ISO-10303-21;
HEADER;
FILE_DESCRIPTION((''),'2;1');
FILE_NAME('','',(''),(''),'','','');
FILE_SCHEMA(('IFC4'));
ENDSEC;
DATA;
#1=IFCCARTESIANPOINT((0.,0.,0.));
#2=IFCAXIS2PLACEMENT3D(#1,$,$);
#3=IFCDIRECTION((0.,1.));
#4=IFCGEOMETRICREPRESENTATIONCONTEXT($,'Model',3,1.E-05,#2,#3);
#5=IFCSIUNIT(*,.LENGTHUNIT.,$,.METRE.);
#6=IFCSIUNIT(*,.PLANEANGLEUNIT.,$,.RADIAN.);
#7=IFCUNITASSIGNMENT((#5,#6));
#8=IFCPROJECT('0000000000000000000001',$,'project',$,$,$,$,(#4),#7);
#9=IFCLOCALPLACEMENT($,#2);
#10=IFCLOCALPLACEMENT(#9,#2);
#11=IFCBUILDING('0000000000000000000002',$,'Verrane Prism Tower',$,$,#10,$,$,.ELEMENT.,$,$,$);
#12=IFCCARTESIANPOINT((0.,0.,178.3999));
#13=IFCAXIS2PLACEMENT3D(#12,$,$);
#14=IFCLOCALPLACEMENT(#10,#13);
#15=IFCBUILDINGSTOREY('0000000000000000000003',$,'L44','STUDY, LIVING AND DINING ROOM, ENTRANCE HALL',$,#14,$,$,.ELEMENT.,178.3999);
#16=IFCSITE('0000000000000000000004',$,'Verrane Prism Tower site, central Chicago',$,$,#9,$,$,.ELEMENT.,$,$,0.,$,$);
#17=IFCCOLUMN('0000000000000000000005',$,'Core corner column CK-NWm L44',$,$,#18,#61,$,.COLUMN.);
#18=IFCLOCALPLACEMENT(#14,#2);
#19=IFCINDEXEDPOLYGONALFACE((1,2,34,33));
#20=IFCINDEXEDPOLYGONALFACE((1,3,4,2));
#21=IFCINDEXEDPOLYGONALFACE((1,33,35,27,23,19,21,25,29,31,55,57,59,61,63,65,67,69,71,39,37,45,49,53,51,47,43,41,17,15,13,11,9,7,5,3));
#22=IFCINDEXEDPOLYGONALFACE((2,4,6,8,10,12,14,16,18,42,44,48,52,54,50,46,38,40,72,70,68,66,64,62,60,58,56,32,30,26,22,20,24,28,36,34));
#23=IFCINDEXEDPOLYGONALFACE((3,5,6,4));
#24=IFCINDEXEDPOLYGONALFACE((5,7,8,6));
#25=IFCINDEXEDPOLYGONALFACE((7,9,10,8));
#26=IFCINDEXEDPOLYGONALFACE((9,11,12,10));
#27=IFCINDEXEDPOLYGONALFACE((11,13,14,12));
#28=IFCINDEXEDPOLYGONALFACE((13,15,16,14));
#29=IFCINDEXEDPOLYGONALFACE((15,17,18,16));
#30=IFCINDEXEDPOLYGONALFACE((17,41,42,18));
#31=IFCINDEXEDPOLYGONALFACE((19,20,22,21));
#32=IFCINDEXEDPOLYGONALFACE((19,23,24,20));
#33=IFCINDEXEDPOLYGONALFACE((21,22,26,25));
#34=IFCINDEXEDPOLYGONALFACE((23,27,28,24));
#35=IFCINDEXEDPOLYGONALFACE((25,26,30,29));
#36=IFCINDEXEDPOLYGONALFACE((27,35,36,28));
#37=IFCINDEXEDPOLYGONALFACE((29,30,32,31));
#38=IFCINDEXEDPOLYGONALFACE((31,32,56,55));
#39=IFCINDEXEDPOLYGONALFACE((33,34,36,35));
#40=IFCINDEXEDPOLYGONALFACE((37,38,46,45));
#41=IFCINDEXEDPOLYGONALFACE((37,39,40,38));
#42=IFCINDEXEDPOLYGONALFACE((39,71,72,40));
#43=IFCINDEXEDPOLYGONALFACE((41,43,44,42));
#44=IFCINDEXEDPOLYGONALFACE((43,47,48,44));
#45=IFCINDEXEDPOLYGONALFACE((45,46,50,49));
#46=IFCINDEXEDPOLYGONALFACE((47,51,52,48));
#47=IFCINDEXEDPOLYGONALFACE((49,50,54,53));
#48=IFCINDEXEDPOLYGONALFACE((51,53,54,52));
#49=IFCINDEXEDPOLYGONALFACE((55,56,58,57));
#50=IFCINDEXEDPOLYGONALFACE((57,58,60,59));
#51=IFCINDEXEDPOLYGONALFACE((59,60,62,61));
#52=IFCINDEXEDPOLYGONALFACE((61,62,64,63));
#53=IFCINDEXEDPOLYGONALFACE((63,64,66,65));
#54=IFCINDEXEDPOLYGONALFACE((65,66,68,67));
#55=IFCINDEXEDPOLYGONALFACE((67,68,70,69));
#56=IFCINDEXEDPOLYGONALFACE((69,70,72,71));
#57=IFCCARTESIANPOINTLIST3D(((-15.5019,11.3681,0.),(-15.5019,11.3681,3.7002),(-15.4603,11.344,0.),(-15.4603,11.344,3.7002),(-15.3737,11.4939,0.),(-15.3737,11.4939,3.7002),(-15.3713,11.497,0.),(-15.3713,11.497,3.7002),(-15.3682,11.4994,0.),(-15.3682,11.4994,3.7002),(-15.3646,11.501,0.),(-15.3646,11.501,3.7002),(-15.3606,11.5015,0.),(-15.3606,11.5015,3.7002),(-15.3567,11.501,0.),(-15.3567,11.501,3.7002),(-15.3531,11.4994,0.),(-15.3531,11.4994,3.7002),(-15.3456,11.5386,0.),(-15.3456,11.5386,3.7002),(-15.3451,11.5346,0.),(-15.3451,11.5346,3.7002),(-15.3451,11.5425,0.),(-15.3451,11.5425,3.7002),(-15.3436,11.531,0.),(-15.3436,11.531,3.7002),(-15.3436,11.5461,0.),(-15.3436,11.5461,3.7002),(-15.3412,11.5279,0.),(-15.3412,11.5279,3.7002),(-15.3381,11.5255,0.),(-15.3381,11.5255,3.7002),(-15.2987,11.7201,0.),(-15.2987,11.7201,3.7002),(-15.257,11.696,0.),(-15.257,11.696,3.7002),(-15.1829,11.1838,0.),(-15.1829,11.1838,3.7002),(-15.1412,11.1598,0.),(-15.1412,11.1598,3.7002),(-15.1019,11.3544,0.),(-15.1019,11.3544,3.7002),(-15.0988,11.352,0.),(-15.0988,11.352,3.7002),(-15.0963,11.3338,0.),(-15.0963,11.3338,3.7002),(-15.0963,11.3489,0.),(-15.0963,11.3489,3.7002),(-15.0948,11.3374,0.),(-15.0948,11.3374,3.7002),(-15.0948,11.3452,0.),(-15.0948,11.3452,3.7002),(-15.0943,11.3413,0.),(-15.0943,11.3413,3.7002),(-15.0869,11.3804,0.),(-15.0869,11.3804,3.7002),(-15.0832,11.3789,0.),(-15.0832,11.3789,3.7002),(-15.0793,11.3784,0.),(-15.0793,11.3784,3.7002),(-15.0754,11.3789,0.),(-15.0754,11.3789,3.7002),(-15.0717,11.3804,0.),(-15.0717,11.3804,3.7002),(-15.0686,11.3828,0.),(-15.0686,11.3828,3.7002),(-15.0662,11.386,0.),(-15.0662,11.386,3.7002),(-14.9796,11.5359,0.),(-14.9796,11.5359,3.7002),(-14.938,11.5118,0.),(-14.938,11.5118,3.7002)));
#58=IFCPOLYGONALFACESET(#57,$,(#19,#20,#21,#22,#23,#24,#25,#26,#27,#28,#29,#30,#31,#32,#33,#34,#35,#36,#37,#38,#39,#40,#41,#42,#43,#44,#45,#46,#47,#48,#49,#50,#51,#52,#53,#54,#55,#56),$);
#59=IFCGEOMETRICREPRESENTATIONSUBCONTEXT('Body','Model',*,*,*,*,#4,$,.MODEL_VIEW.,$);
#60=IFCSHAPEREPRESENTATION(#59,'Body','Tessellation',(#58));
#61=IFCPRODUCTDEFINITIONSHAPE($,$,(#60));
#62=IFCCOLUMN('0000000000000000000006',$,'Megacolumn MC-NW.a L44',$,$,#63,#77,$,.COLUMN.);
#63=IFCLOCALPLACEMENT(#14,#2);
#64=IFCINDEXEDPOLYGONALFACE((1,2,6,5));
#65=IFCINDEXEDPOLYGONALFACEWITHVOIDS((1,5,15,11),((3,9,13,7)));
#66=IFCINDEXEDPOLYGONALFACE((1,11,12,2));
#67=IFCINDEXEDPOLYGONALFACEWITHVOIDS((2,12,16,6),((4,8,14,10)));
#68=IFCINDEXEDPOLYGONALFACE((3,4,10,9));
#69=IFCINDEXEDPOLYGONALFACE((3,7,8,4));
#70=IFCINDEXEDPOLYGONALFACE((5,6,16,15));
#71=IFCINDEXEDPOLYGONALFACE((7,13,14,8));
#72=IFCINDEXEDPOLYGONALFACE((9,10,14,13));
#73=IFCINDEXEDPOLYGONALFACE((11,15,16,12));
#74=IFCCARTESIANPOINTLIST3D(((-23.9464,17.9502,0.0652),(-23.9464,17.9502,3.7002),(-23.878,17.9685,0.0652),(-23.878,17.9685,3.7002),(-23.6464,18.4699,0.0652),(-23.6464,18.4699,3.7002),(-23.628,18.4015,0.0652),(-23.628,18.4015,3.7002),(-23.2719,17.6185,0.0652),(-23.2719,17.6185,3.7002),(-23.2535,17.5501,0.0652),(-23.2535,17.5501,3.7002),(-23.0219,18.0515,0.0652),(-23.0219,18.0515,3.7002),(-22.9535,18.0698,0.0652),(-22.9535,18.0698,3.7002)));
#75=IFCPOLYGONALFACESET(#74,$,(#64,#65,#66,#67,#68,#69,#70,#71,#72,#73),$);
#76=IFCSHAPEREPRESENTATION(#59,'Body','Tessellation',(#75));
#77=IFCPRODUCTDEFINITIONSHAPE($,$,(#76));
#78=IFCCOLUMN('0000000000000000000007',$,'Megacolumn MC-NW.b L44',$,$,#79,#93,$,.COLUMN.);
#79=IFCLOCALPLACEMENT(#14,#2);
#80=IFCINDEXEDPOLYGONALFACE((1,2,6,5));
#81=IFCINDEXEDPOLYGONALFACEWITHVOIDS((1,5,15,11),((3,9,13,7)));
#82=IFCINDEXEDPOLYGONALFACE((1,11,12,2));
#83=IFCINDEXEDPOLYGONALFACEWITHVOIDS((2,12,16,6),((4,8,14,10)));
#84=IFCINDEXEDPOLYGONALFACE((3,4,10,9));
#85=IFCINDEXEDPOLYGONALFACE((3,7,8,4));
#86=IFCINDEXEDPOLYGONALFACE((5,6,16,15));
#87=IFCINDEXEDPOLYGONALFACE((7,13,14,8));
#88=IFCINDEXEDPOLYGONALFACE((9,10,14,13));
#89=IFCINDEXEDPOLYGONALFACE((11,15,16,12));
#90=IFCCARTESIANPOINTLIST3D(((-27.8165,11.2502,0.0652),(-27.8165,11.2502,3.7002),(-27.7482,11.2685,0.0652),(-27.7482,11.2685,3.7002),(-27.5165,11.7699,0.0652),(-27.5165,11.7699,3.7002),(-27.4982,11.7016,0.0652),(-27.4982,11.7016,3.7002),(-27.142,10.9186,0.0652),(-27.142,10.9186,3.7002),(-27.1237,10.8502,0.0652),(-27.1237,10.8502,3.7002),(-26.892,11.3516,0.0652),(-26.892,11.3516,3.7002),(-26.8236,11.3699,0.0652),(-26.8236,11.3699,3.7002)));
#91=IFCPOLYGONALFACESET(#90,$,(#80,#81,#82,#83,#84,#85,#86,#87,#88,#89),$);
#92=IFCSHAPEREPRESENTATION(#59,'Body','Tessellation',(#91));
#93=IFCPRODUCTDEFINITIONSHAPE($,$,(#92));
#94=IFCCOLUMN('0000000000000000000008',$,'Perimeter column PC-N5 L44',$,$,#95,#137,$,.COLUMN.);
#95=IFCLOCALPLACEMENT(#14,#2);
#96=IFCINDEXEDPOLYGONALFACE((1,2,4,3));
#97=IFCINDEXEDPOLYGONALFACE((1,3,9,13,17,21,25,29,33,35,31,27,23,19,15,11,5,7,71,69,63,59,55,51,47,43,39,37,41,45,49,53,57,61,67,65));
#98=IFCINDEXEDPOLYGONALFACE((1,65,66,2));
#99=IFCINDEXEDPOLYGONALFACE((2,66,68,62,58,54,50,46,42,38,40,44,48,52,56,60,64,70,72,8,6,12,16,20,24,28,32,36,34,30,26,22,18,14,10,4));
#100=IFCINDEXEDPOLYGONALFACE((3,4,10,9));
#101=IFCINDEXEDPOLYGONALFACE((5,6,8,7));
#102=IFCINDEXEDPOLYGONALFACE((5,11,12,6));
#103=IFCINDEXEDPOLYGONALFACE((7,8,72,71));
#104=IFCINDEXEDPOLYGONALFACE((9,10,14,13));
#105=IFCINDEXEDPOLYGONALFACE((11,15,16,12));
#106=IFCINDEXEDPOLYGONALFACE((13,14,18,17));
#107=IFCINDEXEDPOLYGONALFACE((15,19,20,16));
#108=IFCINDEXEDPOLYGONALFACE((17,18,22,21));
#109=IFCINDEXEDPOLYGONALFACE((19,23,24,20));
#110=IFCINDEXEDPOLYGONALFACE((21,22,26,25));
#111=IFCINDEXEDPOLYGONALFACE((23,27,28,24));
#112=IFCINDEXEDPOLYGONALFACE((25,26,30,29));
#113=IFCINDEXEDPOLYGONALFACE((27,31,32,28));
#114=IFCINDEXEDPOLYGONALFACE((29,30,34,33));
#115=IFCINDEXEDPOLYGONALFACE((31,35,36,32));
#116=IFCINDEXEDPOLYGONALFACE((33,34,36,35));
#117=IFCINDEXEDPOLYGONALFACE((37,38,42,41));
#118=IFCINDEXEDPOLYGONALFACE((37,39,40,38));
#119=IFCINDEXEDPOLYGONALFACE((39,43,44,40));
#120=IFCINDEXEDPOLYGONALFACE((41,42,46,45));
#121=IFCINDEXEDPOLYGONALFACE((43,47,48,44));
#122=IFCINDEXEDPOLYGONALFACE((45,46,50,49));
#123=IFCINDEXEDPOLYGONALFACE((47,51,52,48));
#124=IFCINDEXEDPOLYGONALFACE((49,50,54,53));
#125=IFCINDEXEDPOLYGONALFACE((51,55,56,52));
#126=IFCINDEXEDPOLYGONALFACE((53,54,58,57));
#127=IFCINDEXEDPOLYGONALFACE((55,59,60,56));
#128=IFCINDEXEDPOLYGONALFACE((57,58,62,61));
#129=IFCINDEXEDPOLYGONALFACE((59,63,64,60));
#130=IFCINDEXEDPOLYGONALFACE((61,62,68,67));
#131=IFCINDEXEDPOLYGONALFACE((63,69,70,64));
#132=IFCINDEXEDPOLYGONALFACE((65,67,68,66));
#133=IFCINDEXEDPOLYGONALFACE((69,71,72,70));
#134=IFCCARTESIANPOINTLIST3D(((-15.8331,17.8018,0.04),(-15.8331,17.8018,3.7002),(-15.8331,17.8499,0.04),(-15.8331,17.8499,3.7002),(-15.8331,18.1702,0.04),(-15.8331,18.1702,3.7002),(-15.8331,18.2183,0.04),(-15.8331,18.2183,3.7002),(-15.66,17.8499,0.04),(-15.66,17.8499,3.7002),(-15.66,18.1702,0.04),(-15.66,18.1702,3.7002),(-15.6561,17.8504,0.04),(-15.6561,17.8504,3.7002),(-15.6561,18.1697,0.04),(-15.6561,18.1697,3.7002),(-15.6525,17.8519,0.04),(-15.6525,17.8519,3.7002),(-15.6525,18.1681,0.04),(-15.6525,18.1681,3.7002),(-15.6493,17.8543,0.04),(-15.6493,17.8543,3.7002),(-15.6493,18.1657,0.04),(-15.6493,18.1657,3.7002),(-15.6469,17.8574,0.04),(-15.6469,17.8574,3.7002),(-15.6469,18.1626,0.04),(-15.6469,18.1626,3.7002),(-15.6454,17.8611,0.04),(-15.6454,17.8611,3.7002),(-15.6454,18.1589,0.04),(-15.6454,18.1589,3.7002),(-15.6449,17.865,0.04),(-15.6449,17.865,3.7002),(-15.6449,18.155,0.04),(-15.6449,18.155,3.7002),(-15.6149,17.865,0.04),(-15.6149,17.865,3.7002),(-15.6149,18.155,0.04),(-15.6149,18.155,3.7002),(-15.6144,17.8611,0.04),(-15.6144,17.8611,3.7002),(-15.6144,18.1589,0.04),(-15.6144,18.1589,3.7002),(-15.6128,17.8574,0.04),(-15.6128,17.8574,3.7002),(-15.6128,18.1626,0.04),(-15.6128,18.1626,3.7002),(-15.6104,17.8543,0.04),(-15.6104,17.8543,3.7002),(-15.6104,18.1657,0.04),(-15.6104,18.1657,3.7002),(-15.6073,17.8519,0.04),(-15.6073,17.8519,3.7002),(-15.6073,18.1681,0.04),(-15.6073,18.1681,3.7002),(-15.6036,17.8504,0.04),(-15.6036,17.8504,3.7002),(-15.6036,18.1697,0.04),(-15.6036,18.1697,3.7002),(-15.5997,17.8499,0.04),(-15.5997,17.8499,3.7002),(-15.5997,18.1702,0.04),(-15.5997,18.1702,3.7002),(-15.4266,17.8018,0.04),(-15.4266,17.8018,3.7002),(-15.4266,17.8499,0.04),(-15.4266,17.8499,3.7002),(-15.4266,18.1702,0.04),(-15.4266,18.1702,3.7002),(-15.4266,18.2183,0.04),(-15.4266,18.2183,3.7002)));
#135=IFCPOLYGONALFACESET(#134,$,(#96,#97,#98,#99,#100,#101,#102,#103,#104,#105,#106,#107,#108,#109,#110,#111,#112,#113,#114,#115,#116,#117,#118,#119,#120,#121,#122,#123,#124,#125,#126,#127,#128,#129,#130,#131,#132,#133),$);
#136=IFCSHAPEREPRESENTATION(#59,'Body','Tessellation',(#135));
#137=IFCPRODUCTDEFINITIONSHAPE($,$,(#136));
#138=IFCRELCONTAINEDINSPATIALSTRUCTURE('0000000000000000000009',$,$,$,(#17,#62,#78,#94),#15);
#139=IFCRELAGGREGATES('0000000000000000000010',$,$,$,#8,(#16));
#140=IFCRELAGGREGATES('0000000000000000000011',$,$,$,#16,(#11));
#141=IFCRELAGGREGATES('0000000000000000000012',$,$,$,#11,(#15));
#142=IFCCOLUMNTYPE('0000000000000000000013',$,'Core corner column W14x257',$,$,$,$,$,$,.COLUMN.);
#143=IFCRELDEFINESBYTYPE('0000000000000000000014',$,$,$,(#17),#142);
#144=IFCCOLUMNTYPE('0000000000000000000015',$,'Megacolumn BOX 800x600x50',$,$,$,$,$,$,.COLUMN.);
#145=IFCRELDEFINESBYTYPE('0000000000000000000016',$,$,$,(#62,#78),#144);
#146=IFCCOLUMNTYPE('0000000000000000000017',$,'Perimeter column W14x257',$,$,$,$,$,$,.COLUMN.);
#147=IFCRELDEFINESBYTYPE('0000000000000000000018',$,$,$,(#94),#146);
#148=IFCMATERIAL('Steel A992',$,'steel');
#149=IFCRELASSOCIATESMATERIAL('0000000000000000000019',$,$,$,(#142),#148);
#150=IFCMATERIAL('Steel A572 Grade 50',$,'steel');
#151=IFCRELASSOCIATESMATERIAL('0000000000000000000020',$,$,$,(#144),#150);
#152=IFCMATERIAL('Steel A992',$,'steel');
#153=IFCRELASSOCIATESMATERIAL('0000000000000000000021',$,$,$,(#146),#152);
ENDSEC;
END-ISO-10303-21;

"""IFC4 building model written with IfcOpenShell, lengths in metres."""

from ifc_helpers import new_model, si_unit, direction, frame, origin, origin_2d, place, context, subcontext, project, spatial, hollow_rectangle, i_section, extrude, material, material_profile, profile_set, type_object, element, save


model = new_model("IFC4")

# Units and contexts
model_context = context("Model", 3, precision=1e-05, world=origin(), true_north=direction((0.0, 1.0)))
body_context = subcontext(model_context, "Body", "Model", "MODEL_VIEW")
ifc_project = project(units=[si_unit("LENGTHUNIT", "METRE"), si_unit("PLANEANGLEUNIT", "RADIAN")], contexts=[model_context])

# Site, building, storey
site_placement = place(None, origin())
site = spatial("IfcSite", under=ifc_project, at=site_placement, Name="Verrane Prism Tower site, central Chicago", CompositionType="ELEMENT", RefElevation=0.0)
building_placement = place(site_placement, origin())
building = spatial("IfcBuilding", under=site, at=building_placement, Name="Verrane Prism Tower", CompositionType="ELEMENT")
storey_placement = place(building_placement, frame((0.0, 0.0, 178.3999)))
storey = spatial("IfcBuildingStorey", under=building, at=storey_placement, Name="L44", Description="STUDY, LIVING AND DINING ROOM, ENTRANCE HALL", CompositionType="ELEMENT", Elevation=178.3999)

# Columns
ifc_material_1 = material(Name="Steel A992", Category="steel")
ifc_material_profile_1 = material_profile(ifc_material_1, i_section(OverallWidth=0.4065, OverallDepth=0.4165, WebThickness=0.03, FlangeThickness=0.0481, FilletRadius=0.0151, at=origin_2d()), Name="W14x257")
ifc_profile_set_1 = profile_set([ifc_material_profile_1], Name="Steel A992")
column_type_1 = type_object("IfcColumnType", Name="Core corner column W14x257", PredefinedType="COLUMN", material=ifc_profile_set_1)
column_1_placement = place(storey_placement, frame((-15.22, 11.4399, 0.0), z_axis=(0.0, 0.0, 1.0), x_axis=(0.5, 0.866025, 0.0)))
element("IfcColumn", 1, at=column_1_placement, inside=storey, type_object=column_type_1, Name="Core corner column CK-NWm L44", PredefinedType="COLUMN", context=body_context, shape_type="SweptSolid", body=[
    extrude(i_section(OverallWidth=0.4065, OverallDepth=0.4165, WebThickness=0.03, FlangeThickness=0.0481, FilletRadius=0.0151, at=origin_2d()), origin(), (0.0, 0.0, 1.0), 3.7002),
])
ifc_material_2 = material(Name="Steel A572 Grade 50", Category="steel")
ifc_material_profile_2 = material_profile(ifc_material_2, hollow_rectangle(XDim=0.6001, YDim=0.8, WallThickness=0.05, at=origin_2d()), Name="BOX 800x600x50")
ifc_profile_set_2 = profile_set([ifc_material_profile_2], Name="Steel A572 Grade 50")
column_type_2 = type_object("IfcColumnType", Name="Megacolumn BOX 800x600x50", PredefinedType="COLUMN", material=ifc_profile_set_2)
for number, where, z_axis, x_axis, name in (
    (2, (-23.45, 18.01, 0.0652), (0.0, 0.0, 1.0), (0.5, 0.866025, 0.0), "Megacolumn MC-NW.a L44"),
    (3, (-27.3201, 11.3101, 0.0652), (0.0, 0.0, 1.0), (0.5, 0.866025, 0.0), "Megacolumn MC-NW.b L44"),
):
    element("IfcColumn", number, at=place(storey_placement, frame(where, z_axis=z_axis, x_axis=x_axis)), inside=storey, type_object=column_type_2, Name=name, PredefinedType="COLUMN", context=body_context, shape_type="SweptSolid", body=[
        extrude(hollow_rectangle(XDim=0.6001, YDim=0.8, WallThickness=0.05, at=origin_2d()), origin(), (0.0, 0.0, 1.0), 3.635),
    ])
ifc_material_3 = material(Name="Steel A992", Category="steel")
ifc_material_profile_3 = material_profile(ifc_material_3, i_section(OverallWidth=0.4065, OverallDepth=0.4165, WebThickness=0.03, FlangeThickness=0.0481, FilletRadius=0.0151, at=origin_2d()), Name="W14x257")
ifc_profile_set_3 = profile_set([ifc_material_profile_3], Name="Steel A992")
column_type_3 = type_object("IfcColumnType", Name="Perimeter column W14x257", PredefinedType="COLUMN", material=ifc_profile_set_3)
column_2_placement = place(storey_placement, frame((-15.6299, 18.01, 0.04), z_axis=(0.0, 0.0, 1.0), x_axis=(1.0, 0.0, 0.0)))
element("IfcColumn", 4, at=column_2_placement, inside=storey, type_object=column_type_3, Name="Perimeter column PC-N5 L44", PredefinedType="COLUMN", context=body_context, shape_type="SweptSolid", body=[
    extrude(i_section(OverallWidth=0.4065, OverallDepth=0.4165, WebThickness=0.03, FlangeThickness=0.0481, FilletRadius=0.0151, at=origin_2d()), origin(), (0.0, 0.0, 1.0), 3.6602),
])

save(model, "model.ifc")
